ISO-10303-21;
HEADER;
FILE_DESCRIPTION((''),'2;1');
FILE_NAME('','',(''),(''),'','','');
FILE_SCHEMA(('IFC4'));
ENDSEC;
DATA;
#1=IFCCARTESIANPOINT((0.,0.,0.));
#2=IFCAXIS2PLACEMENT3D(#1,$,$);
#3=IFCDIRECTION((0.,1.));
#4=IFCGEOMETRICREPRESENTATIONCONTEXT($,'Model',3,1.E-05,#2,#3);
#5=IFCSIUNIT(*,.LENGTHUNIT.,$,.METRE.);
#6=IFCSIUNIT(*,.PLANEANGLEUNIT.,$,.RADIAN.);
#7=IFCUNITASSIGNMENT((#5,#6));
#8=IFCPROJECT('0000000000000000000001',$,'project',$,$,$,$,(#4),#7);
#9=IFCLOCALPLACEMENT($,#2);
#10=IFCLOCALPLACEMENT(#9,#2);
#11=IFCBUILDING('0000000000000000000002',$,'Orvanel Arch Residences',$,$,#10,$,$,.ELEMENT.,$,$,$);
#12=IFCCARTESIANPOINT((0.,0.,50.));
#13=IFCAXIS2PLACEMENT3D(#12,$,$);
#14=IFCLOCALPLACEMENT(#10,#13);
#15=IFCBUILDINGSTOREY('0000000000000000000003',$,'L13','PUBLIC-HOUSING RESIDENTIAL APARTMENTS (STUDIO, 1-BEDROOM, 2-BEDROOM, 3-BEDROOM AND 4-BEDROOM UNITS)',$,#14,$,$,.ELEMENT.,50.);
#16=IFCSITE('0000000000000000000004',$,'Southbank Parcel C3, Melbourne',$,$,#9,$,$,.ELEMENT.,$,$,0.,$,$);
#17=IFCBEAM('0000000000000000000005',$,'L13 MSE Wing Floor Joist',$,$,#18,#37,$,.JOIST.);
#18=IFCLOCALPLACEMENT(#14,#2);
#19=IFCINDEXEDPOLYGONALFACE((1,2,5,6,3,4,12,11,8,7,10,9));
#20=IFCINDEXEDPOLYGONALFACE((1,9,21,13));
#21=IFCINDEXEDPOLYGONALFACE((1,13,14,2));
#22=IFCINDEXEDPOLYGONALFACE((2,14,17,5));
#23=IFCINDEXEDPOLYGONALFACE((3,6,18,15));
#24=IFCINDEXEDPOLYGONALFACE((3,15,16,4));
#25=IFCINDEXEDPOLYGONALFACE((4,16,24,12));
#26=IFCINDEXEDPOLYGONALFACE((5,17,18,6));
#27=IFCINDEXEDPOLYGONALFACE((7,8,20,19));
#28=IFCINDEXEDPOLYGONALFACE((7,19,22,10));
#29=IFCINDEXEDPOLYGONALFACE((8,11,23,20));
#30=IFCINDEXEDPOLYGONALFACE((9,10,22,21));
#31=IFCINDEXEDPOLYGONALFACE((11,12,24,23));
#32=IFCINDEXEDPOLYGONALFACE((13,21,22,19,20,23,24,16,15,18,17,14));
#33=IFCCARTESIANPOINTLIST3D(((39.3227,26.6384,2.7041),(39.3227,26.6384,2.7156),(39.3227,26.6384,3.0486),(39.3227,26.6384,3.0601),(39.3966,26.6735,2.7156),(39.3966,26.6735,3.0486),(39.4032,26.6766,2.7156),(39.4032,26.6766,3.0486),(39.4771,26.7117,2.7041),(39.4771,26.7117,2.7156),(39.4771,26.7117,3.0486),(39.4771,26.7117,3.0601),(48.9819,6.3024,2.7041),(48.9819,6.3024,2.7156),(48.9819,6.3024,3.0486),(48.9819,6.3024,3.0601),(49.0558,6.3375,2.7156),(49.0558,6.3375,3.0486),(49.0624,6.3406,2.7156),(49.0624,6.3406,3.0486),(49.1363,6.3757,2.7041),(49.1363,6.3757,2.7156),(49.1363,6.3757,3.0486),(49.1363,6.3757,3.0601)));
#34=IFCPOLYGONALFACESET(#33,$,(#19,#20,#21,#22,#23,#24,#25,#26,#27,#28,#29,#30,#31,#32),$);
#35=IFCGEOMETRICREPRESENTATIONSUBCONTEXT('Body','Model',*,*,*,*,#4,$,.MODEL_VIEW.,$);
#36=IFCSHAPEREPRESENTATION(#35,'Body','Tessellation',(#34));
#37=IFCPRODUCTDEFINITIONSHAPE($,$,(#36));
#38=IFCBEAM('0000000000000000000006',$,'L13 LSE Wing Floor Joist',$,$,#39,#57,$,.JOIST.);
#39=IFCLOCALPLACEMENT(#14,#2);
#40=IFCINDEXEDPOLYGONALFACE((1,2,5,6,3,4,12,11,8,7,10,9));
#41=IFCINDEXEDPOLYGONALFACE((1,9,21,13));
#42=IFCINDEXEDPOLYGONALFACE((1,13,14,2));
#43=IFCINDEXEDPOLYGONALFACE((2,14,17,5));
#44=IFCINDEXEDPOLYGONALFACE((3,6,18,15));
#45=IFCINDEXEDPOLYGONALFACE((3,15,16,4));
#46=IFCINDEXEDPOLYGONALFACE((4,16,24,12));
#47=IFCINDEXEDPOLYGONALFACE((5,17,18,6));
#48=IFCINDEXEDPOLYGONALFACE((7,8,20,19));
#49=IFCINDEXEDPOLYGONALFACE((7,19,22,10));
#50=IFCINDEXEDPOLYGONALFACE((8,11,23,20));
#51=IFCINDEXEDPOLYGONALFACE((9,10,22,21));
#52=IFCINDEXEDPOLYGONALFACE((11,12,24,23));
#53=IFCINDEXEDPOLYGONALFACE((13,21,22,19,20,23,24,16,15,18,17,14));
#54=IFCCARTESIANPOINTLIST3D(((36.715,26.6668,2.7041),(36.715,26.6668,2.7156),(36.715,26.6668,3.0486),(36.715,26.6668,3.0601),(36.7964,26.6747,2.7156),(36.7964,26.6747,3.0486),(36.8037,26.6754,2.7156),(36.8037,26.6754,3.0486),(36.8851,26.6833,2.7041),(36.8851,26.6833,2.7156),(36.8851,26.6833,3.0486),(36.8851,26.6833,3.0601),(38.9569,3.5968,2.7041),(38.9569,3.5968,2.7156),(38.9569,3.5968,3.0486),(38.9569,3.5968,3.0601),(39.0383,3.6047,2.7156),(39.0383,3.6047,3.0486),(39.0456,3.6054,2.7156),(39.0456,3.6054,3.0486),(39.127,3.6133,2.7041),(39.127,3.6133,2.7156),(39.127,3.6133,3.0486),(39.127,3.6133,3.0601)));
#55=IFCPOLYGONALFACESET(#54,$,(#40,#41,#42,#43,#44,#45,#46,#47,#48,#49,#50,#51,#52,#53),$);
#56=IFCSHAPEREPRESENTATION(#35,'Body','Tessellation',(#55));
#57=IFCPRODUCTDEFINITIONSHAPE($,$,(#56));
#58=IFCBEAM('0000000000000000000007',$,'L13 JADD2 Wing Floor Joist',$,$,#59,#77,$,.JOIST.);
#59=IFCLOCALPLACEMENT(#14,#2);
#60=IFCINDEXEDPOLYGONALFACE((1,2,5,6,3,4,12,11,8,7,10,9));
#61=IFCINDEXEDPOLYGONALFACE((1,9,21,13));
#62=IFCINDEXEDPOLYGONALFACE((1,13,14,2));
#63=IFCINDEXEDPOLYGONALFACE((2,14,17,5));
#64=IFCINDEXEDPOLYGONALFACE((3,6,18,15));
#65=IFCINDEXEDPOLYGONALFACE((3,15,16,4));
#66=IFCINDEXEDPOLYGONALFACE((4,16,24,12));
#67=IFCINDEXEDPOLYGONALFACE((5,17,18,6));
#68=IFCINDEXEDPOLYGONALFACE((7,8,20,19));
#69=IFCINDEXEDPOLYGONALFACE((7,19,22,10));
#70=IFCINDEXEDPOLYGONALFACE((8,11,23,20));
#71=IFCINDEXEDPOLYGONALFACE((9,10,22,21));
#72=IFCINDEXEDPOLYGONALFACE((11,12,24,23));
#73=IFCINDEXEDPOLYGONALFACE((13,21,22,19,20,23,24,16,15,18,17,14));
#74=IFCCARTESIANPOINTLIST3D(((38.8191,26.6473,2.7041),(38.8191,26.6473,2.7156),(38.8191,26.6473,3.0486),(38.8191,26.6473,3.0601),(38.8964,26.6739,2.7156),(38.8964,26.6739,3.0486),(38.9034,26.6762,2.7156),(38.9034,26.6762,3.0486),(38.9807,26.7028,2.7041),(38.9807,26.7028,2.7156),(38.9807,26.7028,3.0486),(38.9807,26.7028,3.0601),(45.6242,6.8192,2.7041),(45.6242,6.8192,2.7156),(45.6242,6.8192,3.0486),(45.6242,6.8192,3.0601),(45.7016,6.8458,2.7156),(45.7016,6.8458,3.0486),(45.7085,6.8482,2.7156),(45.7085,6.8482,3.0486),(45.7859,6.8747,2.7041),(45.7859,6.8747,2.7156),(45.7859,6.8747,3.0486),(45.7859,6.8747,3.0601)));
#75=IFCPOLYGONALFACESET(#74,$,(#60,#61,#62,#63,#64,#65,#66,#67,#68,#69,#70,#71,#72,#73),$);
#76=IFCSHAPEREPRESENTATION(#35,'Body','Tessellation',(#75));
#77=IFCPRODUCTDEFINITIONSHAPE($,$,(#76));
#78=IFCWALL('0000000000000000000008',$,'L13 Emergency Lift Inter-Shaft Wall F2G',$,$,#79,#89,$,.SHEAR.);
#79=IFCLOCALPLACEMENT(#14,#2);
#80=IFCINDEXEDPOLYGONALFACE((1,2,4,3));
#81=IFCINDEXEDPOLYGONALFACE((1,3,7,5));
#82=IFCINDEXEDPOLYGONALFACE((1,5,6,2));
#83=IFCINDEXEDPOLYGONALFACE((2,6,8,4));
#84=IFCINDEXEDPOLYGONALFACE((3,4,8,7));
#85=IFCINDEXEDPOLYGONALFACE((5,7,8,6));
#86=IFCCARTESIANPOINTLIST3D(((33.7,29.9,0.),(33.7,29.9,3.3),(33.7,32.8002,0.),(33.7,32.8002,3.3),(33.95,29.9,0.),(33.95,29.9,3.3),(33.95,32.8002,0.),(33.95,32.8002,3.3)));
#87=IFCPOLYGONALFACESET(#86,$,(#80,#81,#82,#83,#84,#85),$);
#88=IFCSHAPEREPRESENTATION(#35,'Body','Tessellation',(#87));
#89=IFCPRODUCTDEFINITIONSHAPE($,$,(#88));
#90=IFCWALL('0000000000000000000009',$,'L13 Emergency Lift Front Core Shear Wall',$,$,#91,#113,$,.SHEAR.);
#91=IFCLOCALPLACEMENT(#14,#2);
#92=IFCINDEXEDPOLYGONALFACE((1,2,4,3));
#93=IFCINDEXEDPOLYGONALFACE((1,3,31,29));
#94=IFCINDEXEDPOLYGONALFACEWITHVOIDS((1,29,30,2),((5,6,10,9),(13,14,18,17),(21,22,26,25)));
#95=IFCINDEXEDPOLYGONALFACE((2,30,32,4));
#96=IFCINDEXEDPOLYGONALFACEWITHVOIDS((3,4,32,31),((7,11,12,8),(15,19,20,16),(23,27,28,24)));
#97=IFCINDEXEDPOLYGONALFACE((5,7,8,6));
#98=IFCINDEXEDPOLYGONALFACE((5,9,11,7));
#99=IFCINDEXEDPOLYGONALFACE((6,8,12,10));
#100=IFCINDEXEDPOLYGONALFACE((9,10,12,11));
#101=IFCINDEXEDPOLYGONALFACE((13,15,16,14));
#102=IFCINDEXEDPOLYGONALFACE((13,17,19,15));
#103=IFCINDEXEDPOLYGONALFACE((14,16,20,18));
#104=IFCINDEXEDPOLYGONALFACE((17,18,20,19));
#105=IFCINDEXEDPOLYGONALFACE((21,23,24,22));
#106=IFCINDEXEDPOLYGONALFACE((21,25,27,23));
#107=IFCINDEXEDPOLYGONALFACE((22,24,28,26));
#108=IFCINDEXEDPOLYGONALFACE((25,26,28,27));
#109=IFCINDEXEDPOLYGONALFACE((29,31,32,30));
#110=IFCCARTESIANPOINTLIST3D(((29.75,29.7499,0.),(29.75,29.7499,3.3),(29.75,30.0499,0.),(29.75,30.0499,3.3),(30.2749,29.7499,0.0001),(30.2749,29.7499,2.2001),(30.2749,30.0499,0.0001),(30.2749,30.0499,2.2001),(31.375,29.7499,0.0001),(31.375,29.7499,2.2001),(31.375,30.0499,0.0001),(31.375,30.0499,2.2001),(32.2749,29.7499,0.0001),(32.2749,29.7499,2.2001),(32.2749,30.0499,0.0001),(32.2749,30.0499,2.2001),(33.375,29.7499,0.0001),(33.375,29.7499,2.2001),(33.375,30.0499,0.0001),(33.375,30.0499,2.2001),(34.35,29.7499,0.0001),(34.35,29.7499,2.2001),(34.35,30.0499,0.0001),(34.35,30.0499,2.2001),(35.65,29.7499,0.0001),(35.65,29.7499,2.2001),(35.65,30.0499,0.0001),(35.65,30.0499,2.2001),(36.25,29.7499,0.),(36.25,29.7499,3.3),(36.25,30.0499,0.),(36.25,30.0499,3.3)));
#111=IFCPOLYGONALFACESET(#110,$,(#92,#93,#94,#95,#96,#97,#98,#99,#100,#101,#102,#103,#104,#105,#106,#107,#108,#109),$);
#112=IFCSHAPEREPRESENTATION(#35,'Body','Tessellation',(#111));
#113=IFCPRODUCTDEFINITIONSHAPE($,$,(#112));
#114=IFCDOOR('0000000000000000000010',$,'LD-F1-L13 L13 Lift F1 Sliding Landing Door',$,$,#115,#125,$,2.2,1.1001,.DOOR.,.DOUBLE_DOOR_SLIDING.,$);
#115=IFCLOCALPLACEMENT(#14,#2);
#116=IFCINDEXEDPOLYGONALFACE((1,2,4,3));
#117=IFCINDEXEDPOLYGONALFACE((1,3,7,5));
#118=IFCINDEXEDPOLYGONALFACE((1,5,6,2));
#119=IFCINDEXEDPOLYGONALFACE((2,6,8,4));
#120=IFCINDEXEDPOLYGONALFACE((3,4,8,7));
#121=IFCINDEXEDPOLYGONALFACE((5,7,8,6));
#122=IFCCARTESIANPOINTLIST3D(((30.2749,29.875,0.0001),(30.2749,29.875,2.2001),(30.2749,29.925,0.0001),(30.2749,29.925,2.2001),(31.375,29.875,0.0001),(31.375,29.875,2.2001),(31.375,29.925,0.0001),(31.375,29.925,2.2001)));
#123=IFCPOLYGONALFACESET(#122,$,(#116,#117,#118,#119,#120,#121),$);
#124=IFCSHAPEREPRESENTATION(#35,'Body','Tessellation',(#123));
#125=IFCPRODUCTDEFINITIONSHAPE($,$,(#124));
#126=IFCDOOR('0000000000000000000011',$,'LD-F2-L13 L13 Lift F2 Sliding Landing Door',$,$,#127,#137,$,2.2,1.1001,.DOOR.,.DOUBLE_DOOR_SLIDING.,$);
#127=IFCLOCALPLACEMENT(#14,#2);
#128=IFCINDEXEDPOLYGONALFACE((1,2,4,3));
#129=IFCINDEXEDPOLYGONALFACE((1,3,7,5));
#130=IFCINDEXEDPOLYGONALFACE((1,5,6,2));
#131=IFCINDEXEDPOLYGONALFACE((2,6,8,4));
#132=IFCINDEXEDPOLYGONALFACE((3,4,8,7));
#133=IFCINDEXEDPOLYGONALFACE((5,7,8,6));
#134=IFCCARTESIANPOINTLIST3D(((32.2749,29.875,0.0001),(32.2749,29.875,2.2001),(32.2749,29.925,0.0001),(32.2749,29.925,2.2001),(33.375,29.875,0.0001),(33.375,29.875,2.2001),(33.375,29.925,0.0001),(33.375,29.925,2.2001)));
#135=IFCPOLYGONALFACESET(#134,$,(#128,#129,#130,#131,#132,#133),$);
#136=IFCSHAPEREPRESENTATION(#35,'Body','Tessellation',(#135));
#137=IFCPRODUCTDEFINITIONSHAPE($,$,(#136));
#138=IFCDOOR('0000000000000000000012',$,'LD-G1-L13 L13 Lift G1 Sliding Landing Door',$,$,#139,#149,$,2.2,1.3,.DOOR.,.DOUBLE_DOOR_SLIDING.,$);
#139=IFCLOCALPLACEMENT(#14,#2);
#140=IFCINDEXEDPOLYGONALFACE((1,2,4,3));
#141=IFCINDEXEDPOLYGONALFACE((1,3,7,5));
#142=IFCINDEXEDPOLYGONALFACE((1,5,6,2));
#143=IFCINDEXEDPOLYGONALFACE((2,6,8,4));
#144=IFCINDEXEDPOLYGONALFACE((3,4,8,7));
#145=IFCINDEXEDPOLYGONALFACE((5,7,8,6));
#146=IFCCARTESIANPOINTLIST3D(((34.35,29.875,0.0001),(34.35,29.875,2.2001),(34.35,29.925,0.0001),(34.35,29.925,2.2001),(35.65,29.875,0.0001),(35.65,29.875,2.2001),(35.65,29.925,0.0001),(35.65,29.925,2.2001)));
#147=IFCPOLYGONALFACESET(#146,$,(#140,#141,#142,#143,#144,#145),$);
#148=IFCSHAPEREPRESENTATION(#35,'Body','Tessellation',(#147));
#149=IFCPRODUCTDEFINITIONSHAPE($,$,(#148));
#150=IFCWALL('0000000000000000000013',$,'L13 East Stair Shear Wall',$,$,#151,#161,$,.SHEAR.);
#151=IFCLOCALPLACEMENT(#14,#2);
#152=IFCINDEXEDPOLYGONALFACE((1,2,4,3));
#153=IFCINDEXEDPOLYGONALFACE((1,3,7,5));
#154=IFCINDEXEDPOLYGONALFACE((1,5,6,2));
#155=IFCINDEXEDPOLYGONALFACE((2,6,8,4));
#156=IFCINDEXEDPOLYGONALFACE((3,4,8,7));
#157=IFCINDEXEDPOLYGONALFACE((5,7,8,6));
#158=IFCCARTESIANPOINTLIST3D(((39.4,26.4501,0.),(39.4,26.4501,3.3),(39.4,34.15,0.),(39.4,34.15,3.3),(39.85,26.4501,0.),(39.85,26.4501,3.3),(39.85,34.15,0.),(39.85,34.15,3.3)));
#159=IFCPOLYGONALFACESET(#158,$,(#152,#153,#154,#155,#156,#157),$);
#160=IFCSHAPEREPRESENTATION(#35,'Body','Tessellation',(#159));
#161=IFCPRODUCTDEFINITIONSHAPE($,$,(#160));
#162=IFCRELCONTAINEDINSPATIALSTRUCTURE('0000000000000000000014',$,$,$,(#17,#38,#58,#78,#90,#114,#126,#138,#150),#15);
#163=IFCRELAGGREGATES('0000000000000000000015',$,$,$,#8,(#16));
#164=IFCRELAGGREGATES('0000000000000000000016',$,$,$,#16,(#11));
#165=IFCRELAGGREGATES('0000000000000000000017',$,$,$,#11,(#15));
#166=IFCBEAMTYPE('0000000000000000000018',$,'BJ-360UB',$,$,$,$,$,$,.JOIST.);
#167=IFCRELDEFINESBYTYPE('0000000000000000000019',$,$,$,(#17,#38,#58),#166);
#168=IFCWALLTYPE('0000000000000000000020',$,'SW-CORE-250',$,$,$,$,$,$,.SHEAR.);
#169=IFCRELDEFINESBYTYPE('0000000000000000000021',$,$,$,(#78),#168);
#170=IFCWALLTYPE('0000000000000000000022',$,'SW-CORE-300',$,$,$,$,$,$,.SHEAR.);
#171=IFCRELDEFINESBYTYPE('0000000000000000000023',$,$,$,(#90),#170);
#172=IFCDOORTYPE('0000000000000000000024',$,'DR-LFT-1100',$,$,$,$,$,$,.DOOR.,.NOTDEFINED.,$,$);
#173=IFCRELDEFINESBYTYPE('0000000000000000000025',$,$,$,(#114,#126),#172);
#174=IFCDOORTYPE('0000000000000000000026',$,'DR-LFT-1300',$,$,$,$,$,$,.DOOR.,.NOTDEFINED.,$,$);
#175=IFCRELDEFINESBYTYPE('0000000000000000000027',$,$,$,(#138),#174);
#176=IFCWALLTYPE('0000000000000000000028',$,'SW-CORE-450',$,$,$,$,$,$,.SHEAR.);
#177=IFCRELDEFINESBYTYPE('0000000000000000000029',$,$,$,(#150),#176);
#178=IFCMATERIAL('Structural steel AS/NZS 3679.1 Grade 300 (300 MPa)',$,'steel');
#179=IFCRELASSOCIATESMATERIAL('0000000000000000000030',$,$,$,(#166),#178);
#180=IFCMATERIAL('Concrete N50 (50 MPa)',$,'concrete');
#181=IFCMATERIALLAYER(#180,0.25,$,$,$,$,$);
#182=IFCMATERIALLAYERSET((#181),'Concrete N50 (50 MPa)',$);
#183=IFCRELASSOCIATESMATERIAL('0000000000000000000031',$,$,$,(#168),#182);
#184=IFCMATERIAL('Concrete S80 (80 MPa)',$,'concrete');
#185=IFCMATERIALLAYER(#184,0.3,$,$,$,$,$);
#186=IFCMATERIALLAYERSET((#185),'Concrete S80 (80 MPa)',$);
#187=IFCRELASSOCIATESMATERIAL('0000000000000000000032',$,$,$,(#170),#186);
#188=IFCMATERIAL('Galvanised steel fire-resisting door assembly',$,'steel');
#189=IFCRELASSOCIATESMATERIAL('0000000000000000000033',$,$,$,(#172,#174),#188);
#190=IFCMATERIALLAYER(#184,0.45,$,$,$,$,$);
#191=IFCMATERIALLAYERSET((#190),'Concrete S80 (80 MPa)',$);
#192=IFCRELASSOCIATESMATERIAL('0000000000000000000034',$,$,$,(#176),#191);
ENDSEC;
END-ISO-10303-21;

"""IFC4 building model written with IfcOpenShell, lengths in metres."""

from ifc_helpers import new_model, si_unit, direction, frame, frame_2d, origin, origin_2d, place, context, subcontext, project, spatial, rectangle, i_section, extrude, material, layer, layer_set, material_profile, profile_set, type_object, element, fill, save


model = new_model("IFC4")

# Units and contexts
model_context = context("Model", 3, precision=1e-05, world=origin(), true_north=direction((0.0, 1.0)))
body_context = subcontext(model_context, "Body", "Model", "MODEL_VIEW")
ifc_project = project(units=[si_unit("LENGTHUNIT", "METRE"), si_unit("PLANEANGLEUNIT", "RADIAN")], contexts=[model_context])

# Site, building, storey
site_placement = place(None, origin())
site = spatial("IfcSite", under=ifc_project, at=site_placement, Name="Southbank Parcel C3, Melbourne", CompositionType="ELEMENT", RefElevation=0.0)
building_placement = place(site_placement, origin())
building = spatial("IfcBuilding", under=site, at=building_placement, Name="Orvanel Arch Residences", CompositionType="ELEMENT")
storey_placement = place(building_placement, frame((0.0, 0.0, 50.0)))
storey = spatial("IfcBuildingStorey", under=building, at=storey_placement, Name="L13", Description="PUBLIC-HOUSING RESIDENTIAL APARTMENTS (STUDIO, 1-BEDROOM, 2-BEDROOM, 3-BEDROOM AND 4-BEDROOM UNITS)", CompositionType="ELEMENT", Elevation=50.0)

# Beams
ifc_material_1 = material(Name="Structural steel AS/NZS 3679.1 Grade 300 (300 MPa)", Category="steel")
ifc_material_profile_1 = material_profile(ifc_material_1, i_section(OverallWidth=0.1709, OverallDepth=0.356, WebThickness=0.0073, FlangeThickness=0.0115, at=origin_2d()), Name="360UB50.7")
ifc_profile_set_1 = profile_set([ifc_material_profile_1], Name="Structural steel AS/NZS 3679.1 Grade 300 (300 MPa)")
beam_type_1 = type_object("IfcBeamType", Name="BJ-360UB", PredefinedType="JOIST", material=ifc_profile_set_1)
beam_1_placement = place(storey_placement, frame((39.3999, 26.675, 2.8821), z_axis=(0.429043, -0.903284, 0.0), x_axis=(0.903284, 0.429043, 0.0)))
element("IfcBeam", 1, at=beam_1_placement, inside=storey, type_object=beam_type_1, Name="L13 MSE Wing Floor Joist", PredefinedType="JOIST", context=body_context, shape_type="SweptSolid", body=[
    extrude(i_section(OverallWidth=0.1709, OverallDepth=0.356, WebThickness=0.0073, FlangeThickness=0.0115, at=origin_2d()), origin(), (0.0, 0.0, 1.0), 22.5134),
])
beam_2_placement = place(storey_placement, frame((36.8, 26.675, 2.8821), z_axis=(0.096724, -0.995311, 0.0), x_axis=(0.995311, 0.096724, 0.0)))
element("IfcBeam", 2, at=beam_2_placement, inside=storey, type_object=beam_type_1, Name="L13 LSE Wing Floor Joist", PredefinedType="JOIST", context=body_context, shape_type="SweptSolid", body=[
    extrude(i_section(OverallWidth=0.1709, OverallDepth=0.356, WebThickness=0.0073, FlangeThickness=0.0115, at=origin_2d()), origin(), (0.0, 0.0, 1.0), 23.1787),
])
beam_3_placement = place(storey_placement, frame((38.8999, 26.675, 2.8821), z_axis=(0.324621, -0.945844, 0.0), x_axis=(0.945844, 0.324621, 0.0)))
element("IfcBeam", 3, at=beam_3_placement, inside=storey, type_object=beam_type_1, Name="L13 JADD2 Wing Floor Joist", PredefinedType="JOIST", context=body_context, shape_type="SweptSolid", body=[
    extrude(i_section(OverallWidth=0.1709, OverallDepth=0.356, WebThickness=0.0073, FlangeThickness=0.0115, at=origin_2d()), origin(), (0.0, 0.0, 1.0), 20.9634),
])

# Wall
ifc_material_2 = material(Name="Concrete N50 (50 MPa)", Category="concrete")
ifc_layer_1 = layer(ifc_material_2, 0.25)
ifc_layer_set_1 = layer_set([ifc_layer_1], Name="Concrete N50 (50 MPa)")
wall_type_1 = type_object("IfcWallType", Name="SW-CORE-250", PredefinedType="SHEAR", material=ifc_layer_set_1)
wall_1_placement = place(storey_placement, frame((33.825, 29.8999, 0.0), z_axis=(0.0, 0.0, 1.0), x_axis=(0.0, 1.0, 0.0)))
element("IfcWall", 4, at=wall_1_placement, inside=storey, type_object=wall_type_1, Name="L13 Emergency Lift Inter-Shaft Wall F2G", PredefinedType="SHEAR", context=body_context, shape_type="SweptSolid", body=[
    extrude(rectangle(XDim=2.9001, YDim=0.25, at=frame_2d((1.4502, 0.0))), origin(), (0.0, 0.0, 1.0), 3.3),
])

# Shared definitions
ifc_material_3 = material(Name="Concrete S80 (80 MPa)", Category="concrete")
ifc_layer_2 = layer(ifc_material_3, 0.3)
ifc_layer_set_2 = layer_set([ifc_layer_2], Name="Concrete S80 (80 MPa)")
wall_type_2 = type_object("IfcWallType", Name="SW-CORE-300", PredefinedType="SHEAR", material=ifc_layer_set_2)
ifc_material_4 = material(Name="Galvanised steel fire-resisting door assembly", Category="steel")

# Wall, openings, doors
wall_2_placement = place(storey_placement, frame((36.25, 29.8999, 0.0), z_axis=(0.0, 0.0, 1.0), x_axis=(-1.0, 0.0, 0.0)))
wall_2 = element("IfcWall", 5, at=wall_2_placement, inside=storey, type_object=wall_type_2, Name="L13 Emergency Lift Front Core Shear Wall", PredefinedType="SHEAR", context=body_context, shape_type="SweptSolid", body=[
    extrude(rectangle(XDim=6.5, YDim=0.3, at=frame_2d((3.25, 0.0))), origin(), (0.0, 0.0, 1.0), 3.3),
])
opening_1_placement = place(wall_2_placement, frame((4.875, 0.0, 0.0)))
opening_1 = element("IfcOpeningElement", 6, at=opening_1_placement, cuts=wall_2, PredefinedType="OPENING", context=body_context, shape_type="SweptSolid", body=[
    extrude(rectangle(XDim=1.1001, YDim=2.2, at=frame_2d((0.55, 1.1001))), frame((0.0, 0.1599, 0.0), z_axis=(0.0, -1.0, 0.0), x_axis=(1.0, 0.0, 0.0)), (0.0, 0.0, 1.0), 0.3201),
])
opening_2_placement = place(wall_2_placement, frame((2.875, 0.0, 0.0)))
opening_2 = element("IfcOpeningElement", 7, at=opening_2_placement, cuts=wall_2, PredefinedType="OPENING", context=body_context, shape_type="SweptSolid", body=[
    extrude(rectangle(XDim=1.1001, YDim=2.2, at=frame_2d((0.55, 1.1001))), frame((0.0, 0.1599, 0.0), z_axis=(0.0, -1.0, 0.0), x_axis=(1.0, 0.0, 0.0)), (0.0, 0.0, 1.0), 0.3201),
])
opening_3_placement = place(wall_2_placement, frame((0.6001, 0.0, 0.0)))
opening_3 = element("IfcOpeningElement", 8, at=opening_3_placement, cuts=wall_2, PredefinedType="OPENING", context=body_context, shape_type="SweptSolid", body=[
    extrude(rectangle(XDim=1.3, YDim=2.2, at=frame_2d((0.6499, 1.1001))), frame((0.0, 0.1599, 0.0), z_axis=(0.0, -1.0, 0.0), x_axis=(1.0, 0.0, 0.0)), (0.0, 0.0, 1.0), 0.3201),
])
door_type_1 = type_object("IfcDoorType", Name="DR-LFT-1100", OperationType="NOTDEFINED", PredefinedType="DOOR", material=ifc_material_4)
door_1_placement = place(opening_1_placement, origin())
door_1 = element("IfcDoor", 9, at=door_1_placement, inside=storey, type_object=door_type_1, Name="LD-F1-L13 L13 Lift F1 Sliding Landing Door", OperationType="DOUBLE_DOOR_SLIDING", OverallHeight=2.2, OverallWidth=1.1001, PredefinedType="DOOR", context=body_context, shape_type="SweptSolid", body=[
    extrude(rectangle(XDim=1.1001, YDim=2.2, at=frame_2d((0.55, 1.1001))), frame((0.0, 0.0249, 0.0), z_axis=(0.0, -1.0, 0.0), x_axis=(1.0, 0.0, 0.0)), (0.0, 0.0, 1.0), 0.05),
])
fill(opening_1, door_1)
door_2_placement = place(opening_2_placement, origin())
door_2 = element("IfcDoor", 10, at=door_2_placement, inside=storey, type_object=door_type_1, Name="LD-F2-L13 L13 Lift F2 Sliding Landing Door", OperationType="DOUBLE_DOOR_SLIDING", OverallHeight=2.2, OverallWidth=1.1001, PredefinedType="DOOR", context=body_context, shape_type="SweptSolid", body=[
    extrude(rectangle(XDim=1.1001, YDim=2.2, at=frame_2d((0.55, 1.1001))), frame((0.0, 0.0249, 0.0), z_axis=(0.0, -1.0, 0.0), x_axis=(1.0, 0.0, 0.0)), (0.0, 0.0, 1.0), 0.05),
])
fill(opening_2, door_2)
door_type_2 = type_object("IfcDoorType", Name="DR-LFT-1300", OperationType="NOTDEFINED", PredefinedType="DOOR", material=ifc_material_4)
door_3_placement = place(opening_3_placement, origin())
door_3 = element("IfcDoor", 11, at=door_3_placement, inside=storey, type_object=door_type_2, Name="LD-G1-L13 L13 Lift G1 Sliding Landing Door", OperationType="DOUBLE_DOOR_SLIDING", OverallHeight=2.2, OverallWidth=1.3, PredefinedType="DOOR", context=body_context, shape_type="SweptSolid", body=[
    extrude(rectangle(XDim=1.3, YDim=2.2, at=frame_2d((0.6499, 1.1001))), frame((0.0, 0.0249, 0.0), z_axis=(0.0, -1.0, 0.0), x_axis=(1.0, 0.0, 0.0)), (0.0, 0.0, 1.0), 0.05),
])
fill(opening_3, door_3)

# Wall
ifc_layer_3 = layer(ifc_material_3, 0.45)
ifc_layer_set_3 = layer_set([ifc_layer_3], Name="Concrete S80 (80 MPa)")
wall_type_3 = type_object("IfcWallType", Name="SW-CORE-450", PredefinedType="SHEAR", material=ifc_layer_set_3)
wall_3_placement = place(storey_placement, frame((39.625, 26.45, 0.0), z_axis=(0.0, 0.0, 1.0), x_axis=(0.0, 1.0, 0.0)))
element("IfcWall", 12, at=wall_3_placement, inside=storey, type_object=wall_type_3, Name="L13 East Stair Shear Wall", PredefinedType="SHEAR", context=body_context, shape_type="SweptSolid", body=[
    extrude(rectangle(XDim=7.7, YDim=0.45, at=frame_2d((3.8501, 0.0))), origin(), (0.0, 0.0, 1.0), 3.3),
])

save(model, "model.ifc")
